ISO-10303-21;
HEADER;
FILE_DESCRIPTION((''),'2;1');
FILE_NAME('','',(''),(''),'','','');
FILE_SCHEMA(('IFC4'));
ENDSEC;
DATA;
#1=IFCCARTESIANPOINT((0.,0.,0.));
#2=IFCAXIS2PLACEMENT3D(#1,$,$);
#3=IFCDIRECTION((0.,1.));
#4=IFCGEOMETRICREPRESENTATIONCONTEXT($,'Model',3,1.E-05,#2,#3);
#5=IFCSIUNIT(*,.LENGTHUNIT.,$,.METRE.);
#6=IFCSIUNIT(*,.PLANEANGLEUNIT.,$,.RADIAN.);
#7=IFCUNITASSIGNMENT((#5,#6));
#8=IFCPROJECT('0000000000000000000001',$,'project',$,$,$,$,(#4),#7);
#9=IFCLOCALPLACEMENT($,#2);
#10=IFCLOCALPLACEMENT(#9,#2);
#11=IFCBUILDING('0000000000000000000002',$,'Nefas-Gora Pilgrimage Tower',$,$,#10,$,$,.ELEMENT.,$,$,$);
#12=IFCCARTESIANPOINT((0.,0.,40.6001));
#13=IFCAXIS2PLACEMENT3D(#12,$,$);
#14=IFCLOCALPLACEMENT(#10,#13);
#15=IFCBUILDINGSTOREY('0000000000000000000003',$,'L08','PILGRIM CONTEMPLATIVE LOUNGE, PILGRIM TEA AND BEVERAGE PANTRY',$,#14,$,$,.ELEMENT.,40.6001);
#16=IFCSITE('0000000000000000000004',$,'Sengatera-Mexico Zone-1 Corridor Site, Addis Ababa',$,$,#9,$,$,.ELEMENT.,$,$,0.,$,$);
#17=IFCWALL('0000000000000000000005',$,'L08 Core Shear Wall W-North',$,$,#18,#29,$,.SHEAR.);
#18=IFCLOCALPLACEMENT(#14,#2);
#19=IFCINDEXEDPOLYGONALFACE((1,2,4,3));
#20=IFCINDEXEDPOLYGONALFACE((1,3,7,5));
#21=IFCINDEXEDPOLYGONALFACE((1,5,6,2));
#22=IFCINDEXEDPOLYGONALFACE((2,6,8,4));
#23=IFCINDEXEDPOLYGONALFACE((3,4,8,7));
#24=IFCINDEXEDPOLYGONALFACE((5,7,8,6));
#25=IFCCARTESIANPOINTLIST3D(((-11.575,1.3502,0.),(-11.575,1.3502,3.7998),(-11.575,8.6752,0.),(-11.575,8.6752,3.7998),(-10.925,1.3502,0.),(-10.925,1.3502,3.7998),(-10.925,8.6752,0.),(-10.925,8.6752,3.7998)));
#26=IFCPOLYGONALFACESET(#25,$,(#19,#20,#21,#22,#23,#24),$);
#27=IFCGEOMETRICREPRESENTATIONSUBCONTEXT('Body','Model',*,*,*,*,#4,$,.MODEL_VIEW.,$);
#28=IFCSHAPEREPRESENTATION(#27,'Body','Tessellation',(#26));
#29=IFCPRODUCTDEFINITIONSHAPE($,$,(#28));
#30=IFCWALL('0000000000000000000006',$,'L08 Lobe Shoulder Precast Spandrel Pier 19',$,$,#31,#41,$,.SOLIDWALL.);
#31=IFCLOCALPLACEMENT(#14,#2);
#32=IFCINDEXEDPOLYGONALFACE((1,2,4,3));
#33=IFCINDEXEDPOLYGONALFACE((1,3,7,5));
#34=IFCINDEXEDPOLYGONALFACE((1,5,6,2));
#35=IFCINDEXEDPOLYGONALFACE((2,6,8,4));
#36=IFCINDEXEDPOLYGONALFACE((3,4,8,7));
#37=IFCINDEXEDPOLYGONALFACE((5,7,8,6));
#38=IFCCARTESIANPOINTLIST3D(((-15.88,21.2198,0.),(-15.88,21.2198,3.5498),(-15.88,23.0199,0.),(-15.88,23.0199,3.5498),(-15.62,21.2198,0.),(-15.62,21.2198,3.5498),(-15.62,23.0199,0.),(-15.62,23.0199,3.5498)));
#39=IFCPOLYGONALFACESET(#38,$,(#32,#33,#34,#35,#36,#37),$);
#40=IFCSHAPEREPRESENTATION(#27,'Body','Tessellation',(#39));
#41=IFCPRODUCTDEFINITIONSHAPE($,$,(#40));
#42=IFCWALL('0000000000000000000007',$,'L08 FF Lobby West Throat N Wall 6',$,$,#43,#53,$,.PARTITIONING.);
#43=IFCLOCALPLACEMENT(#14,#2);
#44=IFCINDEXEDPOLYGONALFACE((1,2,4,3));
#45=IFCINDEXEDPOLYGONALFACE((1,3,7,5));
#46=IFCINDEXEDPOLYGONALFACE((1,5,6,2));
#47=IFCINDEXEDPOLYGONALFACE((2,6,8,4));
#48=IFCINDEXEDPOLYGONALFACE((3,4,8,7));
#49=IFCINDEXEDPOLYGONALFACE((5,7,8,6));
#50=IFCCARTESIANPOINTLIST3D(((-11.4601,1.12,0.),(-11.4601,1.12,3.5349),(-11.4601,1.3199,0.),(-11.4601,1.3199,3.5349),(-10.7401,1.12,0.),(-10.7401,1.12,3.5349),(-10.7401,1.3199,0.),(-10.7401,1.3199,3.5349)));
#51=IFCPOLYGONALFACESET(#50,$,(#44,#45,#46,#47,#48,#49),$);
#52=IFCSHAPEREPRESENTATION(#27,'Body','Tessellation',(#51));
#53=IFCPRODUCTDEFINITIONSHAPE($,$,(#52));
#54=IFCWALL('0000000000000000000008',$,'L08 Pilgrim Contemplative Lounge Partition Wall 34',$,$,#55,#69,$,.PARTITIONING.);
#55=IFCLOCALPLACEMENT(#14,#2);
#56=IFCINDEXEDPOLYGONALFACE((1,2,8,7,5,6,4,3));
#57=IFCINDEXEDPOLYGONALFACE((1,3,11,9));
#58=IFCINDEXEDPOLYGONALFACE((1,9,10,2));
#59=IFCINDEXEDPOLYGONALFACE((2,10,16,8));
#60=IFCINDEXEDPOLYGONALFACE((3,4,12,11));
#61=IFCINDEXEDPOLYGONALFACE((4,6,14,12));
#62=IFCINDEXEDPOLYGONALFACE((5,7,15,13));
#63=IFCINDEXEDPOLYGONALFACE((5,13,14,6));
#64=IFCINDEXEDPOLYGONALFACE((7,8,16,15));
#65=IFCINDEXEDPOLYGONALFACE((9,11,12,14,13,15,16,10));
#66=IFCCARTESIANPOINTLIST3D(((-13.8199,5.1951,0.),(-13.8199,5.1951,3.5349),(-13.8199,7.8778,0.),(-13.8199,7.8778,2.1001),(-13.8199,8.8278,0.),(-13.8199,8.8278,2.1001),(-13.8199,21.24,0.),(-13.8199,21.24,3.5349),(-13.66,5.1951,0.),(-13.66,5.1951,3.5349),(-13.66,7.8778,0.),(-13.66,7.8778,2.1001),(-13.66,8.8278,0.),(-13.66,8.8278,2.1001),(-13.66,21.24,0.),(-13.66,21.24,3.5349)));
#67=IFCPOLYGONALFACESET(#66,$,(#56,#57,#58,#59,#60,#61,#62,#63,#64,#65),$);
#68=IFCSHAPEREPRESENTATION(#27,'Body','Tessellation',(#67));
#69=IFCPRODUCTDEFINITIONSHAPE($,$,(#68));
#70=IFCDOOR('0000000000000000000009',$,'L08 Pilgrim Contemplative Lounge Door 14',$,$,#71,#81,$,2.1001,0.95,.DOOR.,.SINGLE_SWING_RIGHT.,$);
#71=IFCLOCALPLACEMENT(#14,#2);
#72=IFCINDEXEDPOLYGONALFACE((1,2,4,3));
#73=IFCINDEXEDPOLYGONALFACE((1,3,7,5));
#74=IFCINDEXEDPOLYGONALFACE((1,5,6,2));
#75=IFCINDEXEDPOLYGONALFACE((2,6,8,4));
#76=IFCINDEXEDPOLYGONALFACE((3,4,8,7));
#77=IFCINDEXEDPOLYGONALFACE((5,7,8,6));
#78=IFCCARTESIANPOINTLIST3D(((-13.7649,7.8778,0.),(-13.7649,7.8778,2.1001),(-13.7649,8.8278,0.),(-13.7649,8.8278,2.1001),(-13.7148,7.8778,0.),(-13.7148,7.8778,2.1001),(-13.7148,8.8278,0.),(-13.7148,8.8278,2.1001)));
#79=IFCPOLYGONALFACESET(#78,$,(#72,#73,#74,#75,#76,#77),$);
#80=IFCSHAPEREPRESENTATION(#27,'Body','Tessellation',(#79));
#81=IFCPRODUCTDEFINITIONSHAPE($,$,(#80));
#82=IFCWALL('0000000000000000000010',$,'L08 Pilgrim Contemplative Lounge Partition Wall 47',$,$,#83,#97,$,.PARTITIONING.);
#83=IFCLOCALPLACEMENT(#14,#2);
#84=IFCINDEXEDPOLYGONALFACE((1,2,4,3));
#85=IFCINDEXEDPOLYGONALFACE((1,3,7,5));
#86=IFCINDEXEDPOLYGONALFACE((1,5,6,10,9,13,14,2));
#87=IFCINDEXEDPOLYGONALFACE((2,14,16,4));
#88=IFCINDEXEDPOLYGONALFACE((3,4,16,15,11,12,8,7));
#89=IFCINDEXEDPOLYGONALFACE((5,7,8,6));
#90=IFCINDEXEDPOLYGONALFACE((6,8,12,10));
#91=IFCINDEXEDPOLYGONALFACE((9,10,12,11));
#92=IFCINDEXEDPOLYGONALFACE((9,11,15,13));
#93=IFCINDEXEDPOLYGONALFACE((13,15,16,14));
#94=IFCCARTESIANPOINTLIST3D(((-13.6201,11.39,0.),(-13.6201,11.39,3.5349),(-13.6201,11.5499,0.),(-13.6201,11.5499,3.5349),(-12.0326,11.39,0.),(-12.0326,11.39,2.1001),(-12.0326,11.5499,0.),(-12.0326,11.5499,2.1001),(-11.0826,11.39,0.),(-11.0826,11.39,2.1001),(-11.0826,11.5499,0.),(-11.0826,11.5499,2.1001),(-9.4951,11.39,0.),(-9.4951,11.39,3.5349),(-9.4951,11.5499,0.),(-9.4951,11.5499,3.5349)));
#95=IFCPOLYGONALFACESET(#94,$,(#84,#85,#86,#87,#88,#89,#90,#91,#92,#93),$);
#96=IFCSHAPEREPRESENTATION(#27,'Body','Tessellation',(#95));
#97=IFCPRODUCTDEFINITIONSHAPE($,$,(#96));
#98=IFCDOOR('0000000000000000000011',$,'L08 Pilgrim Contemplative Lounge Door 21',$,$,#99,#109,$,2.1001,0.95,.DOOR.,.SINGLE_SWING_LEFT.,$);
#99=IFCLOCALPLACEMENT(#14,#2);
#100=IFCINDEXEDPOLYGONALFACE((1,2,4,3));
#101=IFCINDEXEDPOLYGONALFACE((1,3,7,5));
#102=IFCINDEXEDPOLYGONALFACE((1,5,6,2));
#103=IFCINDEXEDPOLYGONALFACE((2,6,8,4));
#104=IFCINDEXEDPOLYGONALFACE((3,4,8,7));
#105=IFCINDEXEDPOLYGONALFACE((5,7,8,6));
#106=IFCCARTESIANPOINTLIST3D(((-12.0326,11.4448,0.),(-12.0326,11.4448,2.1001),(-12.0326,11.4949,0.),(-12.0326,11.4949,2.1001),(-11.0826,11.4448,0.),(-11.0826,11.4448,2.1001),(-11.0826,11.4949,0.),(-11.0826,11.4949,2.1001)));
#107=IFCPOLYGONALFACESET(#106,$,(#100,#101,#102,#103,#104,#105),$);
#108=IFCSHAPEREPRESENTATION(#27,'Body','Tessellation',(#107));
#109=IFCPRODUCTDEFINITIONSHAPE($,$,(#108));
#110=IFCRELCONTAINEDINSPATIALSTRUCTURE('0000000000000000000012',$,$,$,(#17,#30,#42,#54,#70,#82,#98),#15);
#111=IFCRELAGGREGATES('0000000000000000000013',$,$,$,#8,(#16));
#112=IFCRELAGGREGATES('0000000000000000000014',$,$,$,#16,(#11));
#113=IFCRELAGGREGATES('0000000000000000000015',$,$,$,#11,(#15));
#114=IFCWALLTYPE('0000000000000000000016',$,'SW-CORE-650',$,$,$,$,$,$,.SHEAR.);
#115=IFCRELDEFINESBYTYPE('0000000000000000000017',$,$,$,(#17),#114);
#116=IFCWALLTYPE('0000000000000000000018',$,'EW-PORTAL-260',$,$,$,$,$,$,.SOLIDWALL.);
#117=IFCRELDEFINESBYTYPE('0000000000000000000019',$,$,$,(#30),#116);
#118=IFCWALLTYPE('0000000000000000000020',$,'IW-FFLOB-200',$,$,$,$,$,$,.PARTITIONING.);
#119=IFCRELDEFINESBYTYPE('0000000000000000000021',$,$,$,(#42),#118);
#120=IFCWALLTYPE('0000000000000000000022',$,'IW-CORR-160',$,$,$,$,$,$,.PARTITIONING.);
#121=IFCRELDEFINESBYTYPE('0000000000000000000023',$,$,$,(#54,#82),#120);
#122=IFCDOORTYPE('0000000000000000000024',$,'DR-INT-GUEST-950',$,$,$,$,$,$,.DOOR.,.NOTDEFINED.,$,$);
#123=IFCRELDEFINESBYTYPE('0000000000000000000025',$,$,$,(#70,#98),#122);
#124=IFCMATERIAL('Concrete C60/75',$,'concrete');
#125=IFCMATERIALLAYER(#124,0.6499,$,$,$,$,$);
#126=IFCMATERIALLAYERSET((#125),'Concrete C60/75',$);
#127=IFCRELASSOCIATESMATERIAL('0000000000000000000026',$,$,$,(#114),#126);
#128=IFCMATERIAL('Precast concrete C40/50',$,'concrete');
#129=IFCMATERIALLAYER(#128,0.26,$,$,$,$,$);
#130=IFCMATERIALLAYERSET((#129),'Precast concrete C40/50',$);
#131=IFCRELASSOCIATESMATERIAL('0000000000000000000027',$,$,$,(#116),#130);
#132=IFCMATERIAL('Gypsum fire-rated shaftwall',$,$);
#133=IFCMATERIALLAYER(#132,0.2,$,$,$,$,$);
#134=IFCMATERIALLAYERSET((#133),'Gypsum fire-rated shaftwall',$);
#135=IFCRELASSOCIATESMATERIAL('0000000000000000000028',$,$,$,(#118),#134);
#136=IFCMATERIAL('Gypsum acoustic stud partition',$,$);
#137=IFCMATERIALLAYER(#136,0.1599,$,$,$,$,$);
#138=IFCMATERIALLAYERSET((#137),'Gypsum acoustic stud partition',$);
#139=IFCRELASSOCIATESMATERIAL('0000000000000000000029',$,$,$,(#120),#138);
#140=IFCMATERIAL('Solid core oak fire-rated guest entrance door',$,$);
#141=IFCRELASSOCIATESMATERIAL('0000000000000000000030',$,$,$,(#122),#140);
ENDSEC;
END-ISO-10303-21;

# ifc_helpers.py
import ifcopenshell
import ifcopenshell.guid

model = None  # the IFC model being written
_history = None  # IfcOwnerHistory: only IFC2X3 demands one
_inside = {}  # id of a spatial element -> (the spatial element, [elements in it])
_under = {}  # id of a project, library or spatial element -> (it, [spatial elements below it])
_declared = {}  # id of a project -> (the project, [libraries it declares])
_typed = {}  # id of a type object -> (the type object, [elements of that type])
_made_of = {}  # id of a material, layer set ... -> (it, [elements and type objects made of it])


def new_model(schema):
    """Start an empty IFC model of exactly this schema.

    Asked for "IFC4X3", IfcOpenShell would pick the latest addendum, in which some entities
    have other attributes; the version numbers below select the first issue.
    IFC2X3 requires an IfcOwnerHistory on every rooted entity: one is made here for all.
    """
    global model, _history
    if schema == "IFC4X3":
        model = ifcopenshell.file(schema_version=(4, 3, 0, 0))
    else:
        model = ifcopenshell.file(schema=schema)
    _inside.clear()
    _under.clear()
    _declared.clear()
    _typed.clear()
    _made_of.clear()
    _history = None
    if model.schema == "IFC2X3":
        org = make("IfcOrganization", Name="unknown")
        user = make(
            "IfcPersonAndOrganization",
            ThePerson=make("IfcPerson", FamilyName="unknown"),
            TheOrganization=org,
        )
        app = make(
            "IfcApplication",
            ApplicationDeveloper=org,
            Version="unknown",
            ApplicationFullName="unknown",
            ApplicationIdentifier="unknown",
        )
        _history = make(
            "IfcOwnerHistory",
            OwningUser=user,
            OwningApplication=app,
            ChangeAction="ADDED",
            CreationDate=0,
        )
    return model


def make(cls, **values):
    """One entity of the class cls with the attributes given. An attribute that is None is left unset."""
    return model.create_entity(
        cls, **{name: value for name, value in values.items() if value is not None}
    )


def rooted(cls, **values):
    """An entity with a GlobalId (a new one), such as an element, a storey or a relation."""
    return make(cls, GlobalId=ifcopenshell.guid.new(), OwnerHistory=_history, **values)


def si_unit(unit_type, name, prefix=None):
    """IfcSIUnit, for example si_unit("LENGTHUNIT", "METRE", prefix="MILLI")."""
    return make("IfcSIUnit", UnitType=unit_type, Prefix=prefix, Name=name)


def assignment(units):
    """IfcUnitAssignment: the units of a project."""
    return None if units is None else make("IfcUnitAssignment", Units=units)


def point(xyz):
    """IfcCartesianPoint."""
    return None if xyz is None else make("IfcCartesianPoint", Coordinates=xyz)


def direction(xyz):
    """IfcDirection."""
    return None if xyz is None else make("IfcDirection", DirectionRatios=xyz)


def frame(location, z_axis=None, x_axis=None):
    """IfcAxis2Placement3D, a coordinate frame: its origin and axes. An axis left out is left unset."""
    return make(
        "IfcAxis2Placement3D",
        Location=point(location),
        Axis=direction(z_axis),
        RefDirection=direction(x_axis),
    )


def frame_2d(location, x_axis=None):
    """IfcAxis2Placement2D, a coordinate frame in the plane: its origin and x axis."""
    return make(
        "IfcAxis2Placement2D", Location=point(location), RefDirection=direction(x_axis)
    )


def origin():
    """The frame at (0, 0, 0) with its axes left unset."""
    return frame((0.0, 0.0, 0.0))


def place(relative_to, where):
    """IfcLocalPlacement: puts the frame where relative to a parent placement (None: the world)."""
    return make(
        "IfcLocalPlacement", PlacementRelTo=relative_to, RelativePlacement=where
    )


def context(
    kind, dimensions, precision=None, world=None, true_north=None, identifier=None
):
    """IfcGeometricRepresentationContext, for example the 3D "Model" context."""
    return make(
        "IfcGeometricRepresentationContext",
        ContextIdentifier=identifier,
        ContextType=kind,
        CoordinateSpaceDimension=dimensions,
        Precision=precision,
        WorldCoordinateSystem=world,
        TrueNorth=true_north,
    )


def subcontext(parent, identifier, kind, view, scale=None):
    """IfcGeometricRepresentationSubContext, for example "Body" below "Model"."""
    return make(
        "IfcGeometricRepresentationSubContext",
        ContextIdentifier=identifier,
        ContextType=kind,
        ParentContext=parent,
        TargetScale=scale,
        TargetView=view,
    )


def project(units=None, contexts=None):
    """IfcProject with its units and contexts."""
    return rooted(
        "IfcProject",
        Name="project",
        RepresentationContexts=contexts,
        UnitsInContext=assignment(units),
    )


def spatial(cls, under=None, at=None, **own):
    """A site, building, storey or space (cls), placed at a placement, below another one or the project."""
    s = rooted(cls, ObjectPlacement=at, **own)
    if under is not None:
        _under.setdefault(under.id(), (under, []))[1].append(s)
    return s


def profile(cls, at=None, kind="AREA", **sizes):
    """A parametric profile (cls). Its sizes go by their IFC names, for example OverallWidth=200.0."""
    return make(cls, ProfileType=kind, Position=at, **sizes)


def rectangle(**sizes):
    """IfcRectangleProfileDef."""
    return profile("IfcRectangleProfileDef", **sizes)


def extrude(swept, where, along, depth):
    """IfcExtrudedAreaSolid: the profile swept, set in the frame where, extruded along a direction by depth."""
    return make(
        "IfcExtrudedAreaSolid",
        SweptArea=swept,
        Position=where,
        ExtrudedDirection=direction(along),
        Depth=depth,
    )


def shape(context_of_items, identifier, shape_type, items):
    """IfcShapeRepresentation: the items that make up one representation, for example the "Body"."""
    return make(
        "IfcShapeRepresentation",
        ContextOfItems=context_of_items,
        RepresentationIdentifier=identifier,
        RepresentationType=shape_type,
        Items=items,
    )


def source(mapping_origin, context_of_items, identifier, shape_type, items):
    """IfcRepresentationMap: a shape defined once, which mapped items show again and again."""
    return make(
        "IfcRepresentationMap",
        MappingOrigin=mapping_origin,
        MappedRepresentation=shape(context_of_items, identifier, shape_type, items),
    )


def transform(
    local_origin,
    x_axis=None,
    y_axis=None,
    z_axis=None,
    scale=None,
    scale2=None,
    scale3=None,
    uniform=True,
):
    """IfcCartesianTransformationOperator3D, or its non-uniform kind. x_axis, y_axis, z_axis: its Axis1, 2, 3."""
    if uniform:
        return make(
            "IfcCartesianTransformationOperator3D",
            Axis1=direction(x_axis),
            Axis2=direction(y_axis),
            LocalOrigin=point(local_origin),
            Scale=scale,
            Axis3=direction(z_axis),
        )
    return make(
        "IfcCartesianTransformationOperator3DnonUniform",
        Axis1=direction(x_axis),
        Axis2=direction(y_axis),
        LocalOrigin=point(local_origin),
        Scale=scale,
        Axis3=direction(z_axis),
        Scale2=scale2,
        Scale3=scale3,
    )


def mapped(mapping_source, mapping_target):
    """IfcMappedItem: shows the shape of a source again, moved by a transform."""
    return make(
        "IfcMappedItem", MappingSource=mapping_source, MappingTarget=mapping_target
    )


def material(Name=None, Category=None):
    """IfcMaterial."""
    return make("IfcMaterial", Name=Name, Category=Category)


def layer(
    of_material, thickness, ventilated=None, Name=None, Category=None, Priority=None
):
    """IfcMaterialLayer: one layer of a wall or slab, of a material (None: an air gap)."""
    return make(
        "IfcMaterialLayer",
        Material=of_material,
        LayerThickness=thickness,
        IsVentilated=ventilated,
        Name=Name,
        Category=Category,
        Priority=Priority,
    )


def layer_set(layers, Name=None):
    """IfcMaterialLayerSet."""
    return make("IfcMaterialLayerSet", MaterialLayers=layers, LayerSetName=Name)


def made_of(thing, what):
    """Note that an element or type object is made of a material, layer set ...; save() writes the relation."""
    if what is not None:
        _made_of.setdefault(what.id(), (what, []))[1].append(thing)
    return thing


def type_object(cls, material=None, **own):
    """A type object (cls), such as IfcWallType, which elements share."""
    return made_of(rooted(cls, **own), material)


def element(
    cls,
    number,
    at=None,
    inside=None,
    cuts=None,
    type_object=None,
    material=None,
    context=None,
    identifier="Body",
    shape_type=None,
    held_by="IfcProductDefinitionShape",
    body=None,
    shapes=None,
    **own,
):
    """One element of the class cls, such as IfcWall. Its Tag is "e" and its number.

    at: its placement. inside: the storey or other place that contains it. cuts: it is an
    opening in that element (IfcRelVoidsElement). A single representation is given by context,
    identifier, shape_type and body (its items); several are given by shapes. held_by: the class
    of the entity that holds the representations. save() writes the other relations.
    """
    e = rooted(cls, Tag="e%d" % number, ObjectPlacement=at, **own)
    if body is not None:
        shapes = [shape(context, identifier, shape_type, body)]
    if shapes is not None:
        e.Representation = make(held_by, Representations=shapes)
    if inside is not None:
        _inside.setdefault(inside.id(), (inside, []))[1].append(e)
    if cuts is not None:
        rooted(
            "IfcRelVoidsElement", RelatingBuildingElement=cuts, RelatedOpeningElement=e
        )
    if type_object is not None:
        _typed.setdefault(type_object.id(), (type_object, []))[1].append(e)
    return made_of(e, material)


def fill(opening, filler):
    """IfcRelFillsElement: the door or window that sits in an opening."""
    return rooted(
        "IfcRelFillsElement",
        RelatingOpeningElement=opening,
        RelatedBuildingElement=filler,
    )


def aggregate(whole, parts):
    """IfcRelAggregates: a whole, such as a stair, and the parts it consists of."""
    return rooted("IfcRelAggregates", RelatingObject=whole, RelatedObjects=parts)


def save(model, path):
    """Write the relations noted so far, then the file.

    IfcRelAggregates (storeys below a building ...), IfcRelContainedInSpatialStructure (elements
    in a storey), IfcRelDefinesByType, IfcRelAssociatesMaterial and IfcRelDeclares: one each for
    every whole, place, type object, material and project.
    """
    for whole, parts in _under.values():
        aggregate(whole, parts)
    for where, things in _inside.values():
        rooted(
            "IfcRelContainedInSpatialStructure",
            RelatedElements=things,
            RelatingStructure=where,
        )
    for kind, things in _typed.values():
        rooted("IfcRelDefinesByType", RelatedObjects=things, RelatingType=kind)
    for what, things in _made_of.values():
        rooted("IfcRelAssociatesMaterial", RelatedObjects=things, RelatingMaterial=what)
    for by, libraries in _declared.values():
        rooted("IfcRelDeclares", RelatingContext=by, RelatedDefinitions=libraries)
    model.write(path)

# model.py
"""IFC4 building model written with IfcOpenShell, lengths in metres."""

from ifc_helpers import new_model, si_unit, direction, frame, frame_2d, origin, place, context, subcontext, project, spatial, rectangle, extrude, source, transform, mapped, material, layer, layer_set, type_object, element, fill, save


model = new_model("IFC4")

# Units and contexts
model_context = context("Model", 3, precision=1e-05, world=origin(), true_north=direction((0.0, 1.0)))
body_context = subcontext(model_context, "Body", "Model", "MODEL_VIEW")
ifc_project = project(units=[si_unit("LENGTHUNIT", "METRE"), si_unit("PLANEANGLEUNIT", "RADIAN")], contexts=[model_context])

# Site, building, storey
site_placement = place(None, origin())
site = spatial("IfcSite", under=ifc_project, at=site_placement, Name="Sengatera-Mexico Zone-1 Corridor Site, Addis Ababa", CompositionType="ELEMENT", RefElevation=0.0)
building_placement = place(site_placement, origin())
building = spatial("IfcBuilding", under=site, at=building_placement, Name="Nefas-Gora Pilgrimage Tower", CompositionType="ELEMENT")
storey_placement = place(building_placement, frame((0.0, 0.0, 40.6001)))
storey = spatial("IfcBuildingStorey", under=building, at=storey_placement, Name="L08", Description="PILGRIM CONTEMPLATIVE LOUNGE, PILGRIM TEA AND BEVERAGE PANTRY", CompositionType="ELEMENT", Elevation=40.6001)

# Walls
ifc_material_1 = material(Name="Concrete C60/75", Category="concrete")
ifc_layer_1 = layer(ifc_material_1, 0.6499)
ifc_layer_set_1 = layer_set([ifc_layer_1], Name="Concrete C60/75")
wall_type_1 = type_object("IfcWallType", Name="SW-CORE-650", PredefinedType="SHEAR", material=ifc_layer_set_1)
shared_shape_1 = source(origin(), body_context, "Body", "SweptSolid", [
    extrude(rectangle(XDim=7.325, YDim=0.6499, at=frame_2d((3.6626, 0.0))), origin(), (0.0, 0.0, 1.0), 3.7998),
])
wall_1_placement = place(storey_placement, frame((-11.25, 1.3501, 0.0), z_axis=(0.0, 0.0, 1.0), x_axis=(0.0, 1.0, 0.0)))
element("IfcWall", 1, at=wall_1_placement, inside=storey, type_object=wall_type_1, Name="L08 Core Shear Wall W-North", PredefinedType="SHEAR", context=body_context, shape_type="MappedRepresentation", body=[
    mapped(shared_shape_1, transform((0.0, 0.0, 0.0), x_axis=(1.0, 0.0, 0.0), y_axis=(0.0, 1.0, 0.0), z_axis=(0.0, 0.0, 1.0), scale=1.0)),
])
ifc_material_2 = material(Name="Precast concrete C40/50", Category="concrete")
ifc_layer_2 = layer(ifc_material_2, 0.26)
ifc_layer_set_2 = layer_set([ifc_layer_2], Name="Precast concrete C40/50")
wall_type_2 = type_object("IfcWallType", Name="EW-PORTAL-260", PredefinedType="SOLIDWALL", material=ifc_layer_set_2)
shared_shape_2 = source(origin(), body_context, "Body", "SweptSolid", [
    extrude(rectangle(XDim=1.8, YDim=0.26, at=frame_2d((0.8999, 0.0))), origin(), (0.0, 0.0, 1.0), 3.5498),
])
wall_2_placement = place(storey_placement, frame((-15.75, 21.22, 0.0), z_axis=(0.0, 0.0, 1.0), x_axis=(0.0, 1.0, 0.0)))
element("IfcWall", 2, at=wall_2_placement, inside=storey, type_object=wall_type_2, Name="L08 Lobe Shoulder Precast Spandrel Pier 19", PredefinedType="SOLIDWALL", context=body_context, shape_type="MappedRepresentation", body=[
    mapped(shared_shape_2, transform((0.0, 0.0, 0.0), x_axis=(1.0, 0.0, 0.0), y_axis=(0.0, 1.0, 0.0), z_axis=(0.0, 0.0, 1.0), scale=1.0)),
])
ifc_material_3 = material(Name="Gypsum fire-rated shaftwall")
ifc_layer_3 = layer(ifc_material_3, 0.2)
ifc_layer_set_3 = layer_set([ifc_layer_3], Name="Gypsum fire-rated shaftwall")
wall_type_3 = type_object("IfcWallType", Name="IW-FFLOB-200", PredefinedType="PARTITIONING", material=ifc_layer_set_3)
shared_shape_3 = source(origin(), body_context, "Body", "SweptSolid", [
    extrude(rectangle(XDim=0.72, YDim=0.2, at=frame_2d((0.3599, 0.0))), origin(), (0.0, 0.0, 1.0), 3.5349),
])
wall_3_placement = place(storey_placement, frame((-11.46, 1.22, 0.0), z_axis=(0.0, 0.0, 1.0), x_axis=(1.0, 0.0, 0.0)))
element("IfcWall", 3, at=wall_3_placement, inside=storey, type_object=wall_type_3, Name="L08 FF Lobby West Throat N Wall 6", PredefinedType="PARTITIONING", context=body_context, shape_type="MappedRepresentation", body=[
    mapped(shared_shape_3, transform((0.0, 0.0, 0.0), x_axis=(1.0, 0.0, 0.0), y_axis=(0.0, 1.0, 0.0), z_axis=(0.0, 0.0, 1.0), scale=1.0)),
])

# Walls, openings, doors
ifc_material_4 = material(Name="Gypsum acoustic stud partition")
ifc_layer_4 = layer(ifc_material_4, 0.1599)
ifc_layer_set_4 = layer_set([ifc_layer_4], Name="Gypsum acoustic stud partition")
wall_type_4 = type_object("IfcWallType", Name="IW-CORR-160", PredefinedType="PARTITIONING", material=ifc_layer_set_4)
shared_shape_4 = source(origin(), body_context, "Body", "SweptSolid", [
    extrude(rectangle(XDim=16.0449, YDim=0.1599, at=frame_2d((8.0225, 0.0))), origin(), (0.0, 0.0, 1.0), 3.5349),
])
wall_4_placement = place(storey_placement, frame((-13.74, 5.1951, 0.0), z_axis=(0.0, 0.0, 1.0), x_axis=(0.0, 1.0, 0.0)))
wall_4 = element("IfcWall", 4, at=wall_4_placement, inside=storey, type_object=wall_type_4, Name="L08 Pilgrim Contemplative Lounge Partition Wall 34", PredefinedType="PARTITIONING", context=body_context, shape_type="MappedRepresentation", body=[
    mapped(shared_shape_4, transform((0.0, 0.0, 0.0), x_axis=(1.0, 0.0, 0.0), y_axis=(0.0, 1.0, 0.0), z_axis=(0.0, 0.0, 1.0), scale=1.0)),
])
opening_1_placement = place(wall_4_placement, frame((2.6826, 0.0, 0.0)))
opening_1 = element("IfcOpeningElement", 5, at=opening_1_placement, cuts=wall_4, PredefinedType="OPENING", context=body_context, shape_type="SweptSolid", body=[
    extrude(rectangle(XDim=0.95, YDim=2.1001, at=frame_2d((0.4751, 1.05))), frame((0.0, 0.0898, 0.0), z_axis=(0.0, -1.0, 0.0), x_axis=(1.0, 0.0, 0.0)), (0.0, 0.0, 1.0), 0.1799),
])
ifc_material_5 = material(Name="Solid core oak fire-rated guest entrance door")
door_type = type_object("IfcDoorType", Name="DR-INT-GUEST-950", OperationType="NOTDEFINED", PredefinedType="DOOR", material=ifc_material_5)
shared_shape_5 = source(origin(), body_context, "Body", "SweptSolid", [
    extrude(rectangle(XDim=0.95, YDim=2.1001, at=frame_2d((0.4751, 1.05))), frame((0.0, 0.0249, 0.0), z_axis=(0.0, -1.0, 0.0), x_axis=(1.0, 0.0, 0.0)), (0.0, 0.0, 1.0), 0.05),
])
door_1_placement = place(opening_1_placement, origin())
door_1 = element("IfcDoor", 6, at=door_1_placement, inside=storey, type_object=door_type, Name="L08 Pilgrim Contemplative Lounge Door 14", OperationType="SINGLE_SWING_RIGHT", OverallHeight=2.1001, OverallWidth=0.95, PredefinedType="DOOR", context=body_context, shape_type="MappedRepresentation", body=[
    mapped(shared_shape_5, transform((0.0, 0.0, 0.0), x_axis=(1.0, 0.0, 0.0), y_axis=(0.0, 1.0, 0.0), z_axis=(0.0, 0.0, 1.0), scale=1.0)),
])
fill(opening_1, door_1)
shared_shape_6 = source(origin(), body_context, "Body", "SweptSolid", [
    extrude(rectangle(XDim=4.125, YDim=0.1599, at=frame_2d((2.0625, 0.0))), origin(), (0.0, 0.0, 1.0), 3.5349),
])
wall_5_placement = place(storey_placement, frame((-13.6201, 11.47, 0.0), z_axis=(0.0, 0.0, 1.0), x_axis=(1.0, 0.0, 0.0)))
wall_5 = element("IfcWall", 7, at=wall_5_placement, inside=storey, type_object=wall_type_4, Name="L08 Pilgrim Contemplative Lounge Partition Wall 47", PredefinedType="PARTITIONING", context=body_context, shape_type="MappedRepresentation", body=[
    mapped(shared_shape_6, transform((0.0, 0.0, 0.0), x_axis=(1.0, 0.0, 0.0), y_axis=(0.0, 1.0, 0.0), z_axis=(0.0, 0.0, 1.0), scale=1.0)),
])
opening_2_placement = place(wall_5_placement, frame((1.5874, 0.0, 0.0)))
opening_2 = element("IfcOpeningElement", 8, at=opening_2_placement, cuts=wall_5, PredefinedType="OPENING", context=body_context, shape_type="SweptSolid", body=[
    extrude(rectangle(XDim=0.95, YDim=2.1001, at=frame_2d((0.4751, 1.05))), frame((0.0, 0.0898, 0.0), z_axis=(0.0, -1.0, 0.0), x_axis=(1.0, 0.0, 0.0)), (0.0, 0.0, 1.0), 0.1799),
])
door_2_placement = place(opening_2_placement, origin())
door_2 = element("IfcDoor", 9, at=door_2_placement, inside=storey, type_object=door_type, Name="L08 Pilgrim Contemplative Lounge Door 21", OperationType="SINGLE_SWING_LEFT", OverallHeight=2.1001, OverallWidth=0.95, PredefinedType="DOOR", context=body_context, shape_type="MappedRepresentation", body=[
    mapped(shared_shape_5, transform((0.0, 0.0, 0.0), x_axis=(1.0, 0.0, 0.0), y_axis=(0.0, 1.0, 0.0), z_axis=(0.0, 0.0, 1.0), scale=1.0)),
])
fill(opening_2, door_2)

save(model, "model.ifc")
